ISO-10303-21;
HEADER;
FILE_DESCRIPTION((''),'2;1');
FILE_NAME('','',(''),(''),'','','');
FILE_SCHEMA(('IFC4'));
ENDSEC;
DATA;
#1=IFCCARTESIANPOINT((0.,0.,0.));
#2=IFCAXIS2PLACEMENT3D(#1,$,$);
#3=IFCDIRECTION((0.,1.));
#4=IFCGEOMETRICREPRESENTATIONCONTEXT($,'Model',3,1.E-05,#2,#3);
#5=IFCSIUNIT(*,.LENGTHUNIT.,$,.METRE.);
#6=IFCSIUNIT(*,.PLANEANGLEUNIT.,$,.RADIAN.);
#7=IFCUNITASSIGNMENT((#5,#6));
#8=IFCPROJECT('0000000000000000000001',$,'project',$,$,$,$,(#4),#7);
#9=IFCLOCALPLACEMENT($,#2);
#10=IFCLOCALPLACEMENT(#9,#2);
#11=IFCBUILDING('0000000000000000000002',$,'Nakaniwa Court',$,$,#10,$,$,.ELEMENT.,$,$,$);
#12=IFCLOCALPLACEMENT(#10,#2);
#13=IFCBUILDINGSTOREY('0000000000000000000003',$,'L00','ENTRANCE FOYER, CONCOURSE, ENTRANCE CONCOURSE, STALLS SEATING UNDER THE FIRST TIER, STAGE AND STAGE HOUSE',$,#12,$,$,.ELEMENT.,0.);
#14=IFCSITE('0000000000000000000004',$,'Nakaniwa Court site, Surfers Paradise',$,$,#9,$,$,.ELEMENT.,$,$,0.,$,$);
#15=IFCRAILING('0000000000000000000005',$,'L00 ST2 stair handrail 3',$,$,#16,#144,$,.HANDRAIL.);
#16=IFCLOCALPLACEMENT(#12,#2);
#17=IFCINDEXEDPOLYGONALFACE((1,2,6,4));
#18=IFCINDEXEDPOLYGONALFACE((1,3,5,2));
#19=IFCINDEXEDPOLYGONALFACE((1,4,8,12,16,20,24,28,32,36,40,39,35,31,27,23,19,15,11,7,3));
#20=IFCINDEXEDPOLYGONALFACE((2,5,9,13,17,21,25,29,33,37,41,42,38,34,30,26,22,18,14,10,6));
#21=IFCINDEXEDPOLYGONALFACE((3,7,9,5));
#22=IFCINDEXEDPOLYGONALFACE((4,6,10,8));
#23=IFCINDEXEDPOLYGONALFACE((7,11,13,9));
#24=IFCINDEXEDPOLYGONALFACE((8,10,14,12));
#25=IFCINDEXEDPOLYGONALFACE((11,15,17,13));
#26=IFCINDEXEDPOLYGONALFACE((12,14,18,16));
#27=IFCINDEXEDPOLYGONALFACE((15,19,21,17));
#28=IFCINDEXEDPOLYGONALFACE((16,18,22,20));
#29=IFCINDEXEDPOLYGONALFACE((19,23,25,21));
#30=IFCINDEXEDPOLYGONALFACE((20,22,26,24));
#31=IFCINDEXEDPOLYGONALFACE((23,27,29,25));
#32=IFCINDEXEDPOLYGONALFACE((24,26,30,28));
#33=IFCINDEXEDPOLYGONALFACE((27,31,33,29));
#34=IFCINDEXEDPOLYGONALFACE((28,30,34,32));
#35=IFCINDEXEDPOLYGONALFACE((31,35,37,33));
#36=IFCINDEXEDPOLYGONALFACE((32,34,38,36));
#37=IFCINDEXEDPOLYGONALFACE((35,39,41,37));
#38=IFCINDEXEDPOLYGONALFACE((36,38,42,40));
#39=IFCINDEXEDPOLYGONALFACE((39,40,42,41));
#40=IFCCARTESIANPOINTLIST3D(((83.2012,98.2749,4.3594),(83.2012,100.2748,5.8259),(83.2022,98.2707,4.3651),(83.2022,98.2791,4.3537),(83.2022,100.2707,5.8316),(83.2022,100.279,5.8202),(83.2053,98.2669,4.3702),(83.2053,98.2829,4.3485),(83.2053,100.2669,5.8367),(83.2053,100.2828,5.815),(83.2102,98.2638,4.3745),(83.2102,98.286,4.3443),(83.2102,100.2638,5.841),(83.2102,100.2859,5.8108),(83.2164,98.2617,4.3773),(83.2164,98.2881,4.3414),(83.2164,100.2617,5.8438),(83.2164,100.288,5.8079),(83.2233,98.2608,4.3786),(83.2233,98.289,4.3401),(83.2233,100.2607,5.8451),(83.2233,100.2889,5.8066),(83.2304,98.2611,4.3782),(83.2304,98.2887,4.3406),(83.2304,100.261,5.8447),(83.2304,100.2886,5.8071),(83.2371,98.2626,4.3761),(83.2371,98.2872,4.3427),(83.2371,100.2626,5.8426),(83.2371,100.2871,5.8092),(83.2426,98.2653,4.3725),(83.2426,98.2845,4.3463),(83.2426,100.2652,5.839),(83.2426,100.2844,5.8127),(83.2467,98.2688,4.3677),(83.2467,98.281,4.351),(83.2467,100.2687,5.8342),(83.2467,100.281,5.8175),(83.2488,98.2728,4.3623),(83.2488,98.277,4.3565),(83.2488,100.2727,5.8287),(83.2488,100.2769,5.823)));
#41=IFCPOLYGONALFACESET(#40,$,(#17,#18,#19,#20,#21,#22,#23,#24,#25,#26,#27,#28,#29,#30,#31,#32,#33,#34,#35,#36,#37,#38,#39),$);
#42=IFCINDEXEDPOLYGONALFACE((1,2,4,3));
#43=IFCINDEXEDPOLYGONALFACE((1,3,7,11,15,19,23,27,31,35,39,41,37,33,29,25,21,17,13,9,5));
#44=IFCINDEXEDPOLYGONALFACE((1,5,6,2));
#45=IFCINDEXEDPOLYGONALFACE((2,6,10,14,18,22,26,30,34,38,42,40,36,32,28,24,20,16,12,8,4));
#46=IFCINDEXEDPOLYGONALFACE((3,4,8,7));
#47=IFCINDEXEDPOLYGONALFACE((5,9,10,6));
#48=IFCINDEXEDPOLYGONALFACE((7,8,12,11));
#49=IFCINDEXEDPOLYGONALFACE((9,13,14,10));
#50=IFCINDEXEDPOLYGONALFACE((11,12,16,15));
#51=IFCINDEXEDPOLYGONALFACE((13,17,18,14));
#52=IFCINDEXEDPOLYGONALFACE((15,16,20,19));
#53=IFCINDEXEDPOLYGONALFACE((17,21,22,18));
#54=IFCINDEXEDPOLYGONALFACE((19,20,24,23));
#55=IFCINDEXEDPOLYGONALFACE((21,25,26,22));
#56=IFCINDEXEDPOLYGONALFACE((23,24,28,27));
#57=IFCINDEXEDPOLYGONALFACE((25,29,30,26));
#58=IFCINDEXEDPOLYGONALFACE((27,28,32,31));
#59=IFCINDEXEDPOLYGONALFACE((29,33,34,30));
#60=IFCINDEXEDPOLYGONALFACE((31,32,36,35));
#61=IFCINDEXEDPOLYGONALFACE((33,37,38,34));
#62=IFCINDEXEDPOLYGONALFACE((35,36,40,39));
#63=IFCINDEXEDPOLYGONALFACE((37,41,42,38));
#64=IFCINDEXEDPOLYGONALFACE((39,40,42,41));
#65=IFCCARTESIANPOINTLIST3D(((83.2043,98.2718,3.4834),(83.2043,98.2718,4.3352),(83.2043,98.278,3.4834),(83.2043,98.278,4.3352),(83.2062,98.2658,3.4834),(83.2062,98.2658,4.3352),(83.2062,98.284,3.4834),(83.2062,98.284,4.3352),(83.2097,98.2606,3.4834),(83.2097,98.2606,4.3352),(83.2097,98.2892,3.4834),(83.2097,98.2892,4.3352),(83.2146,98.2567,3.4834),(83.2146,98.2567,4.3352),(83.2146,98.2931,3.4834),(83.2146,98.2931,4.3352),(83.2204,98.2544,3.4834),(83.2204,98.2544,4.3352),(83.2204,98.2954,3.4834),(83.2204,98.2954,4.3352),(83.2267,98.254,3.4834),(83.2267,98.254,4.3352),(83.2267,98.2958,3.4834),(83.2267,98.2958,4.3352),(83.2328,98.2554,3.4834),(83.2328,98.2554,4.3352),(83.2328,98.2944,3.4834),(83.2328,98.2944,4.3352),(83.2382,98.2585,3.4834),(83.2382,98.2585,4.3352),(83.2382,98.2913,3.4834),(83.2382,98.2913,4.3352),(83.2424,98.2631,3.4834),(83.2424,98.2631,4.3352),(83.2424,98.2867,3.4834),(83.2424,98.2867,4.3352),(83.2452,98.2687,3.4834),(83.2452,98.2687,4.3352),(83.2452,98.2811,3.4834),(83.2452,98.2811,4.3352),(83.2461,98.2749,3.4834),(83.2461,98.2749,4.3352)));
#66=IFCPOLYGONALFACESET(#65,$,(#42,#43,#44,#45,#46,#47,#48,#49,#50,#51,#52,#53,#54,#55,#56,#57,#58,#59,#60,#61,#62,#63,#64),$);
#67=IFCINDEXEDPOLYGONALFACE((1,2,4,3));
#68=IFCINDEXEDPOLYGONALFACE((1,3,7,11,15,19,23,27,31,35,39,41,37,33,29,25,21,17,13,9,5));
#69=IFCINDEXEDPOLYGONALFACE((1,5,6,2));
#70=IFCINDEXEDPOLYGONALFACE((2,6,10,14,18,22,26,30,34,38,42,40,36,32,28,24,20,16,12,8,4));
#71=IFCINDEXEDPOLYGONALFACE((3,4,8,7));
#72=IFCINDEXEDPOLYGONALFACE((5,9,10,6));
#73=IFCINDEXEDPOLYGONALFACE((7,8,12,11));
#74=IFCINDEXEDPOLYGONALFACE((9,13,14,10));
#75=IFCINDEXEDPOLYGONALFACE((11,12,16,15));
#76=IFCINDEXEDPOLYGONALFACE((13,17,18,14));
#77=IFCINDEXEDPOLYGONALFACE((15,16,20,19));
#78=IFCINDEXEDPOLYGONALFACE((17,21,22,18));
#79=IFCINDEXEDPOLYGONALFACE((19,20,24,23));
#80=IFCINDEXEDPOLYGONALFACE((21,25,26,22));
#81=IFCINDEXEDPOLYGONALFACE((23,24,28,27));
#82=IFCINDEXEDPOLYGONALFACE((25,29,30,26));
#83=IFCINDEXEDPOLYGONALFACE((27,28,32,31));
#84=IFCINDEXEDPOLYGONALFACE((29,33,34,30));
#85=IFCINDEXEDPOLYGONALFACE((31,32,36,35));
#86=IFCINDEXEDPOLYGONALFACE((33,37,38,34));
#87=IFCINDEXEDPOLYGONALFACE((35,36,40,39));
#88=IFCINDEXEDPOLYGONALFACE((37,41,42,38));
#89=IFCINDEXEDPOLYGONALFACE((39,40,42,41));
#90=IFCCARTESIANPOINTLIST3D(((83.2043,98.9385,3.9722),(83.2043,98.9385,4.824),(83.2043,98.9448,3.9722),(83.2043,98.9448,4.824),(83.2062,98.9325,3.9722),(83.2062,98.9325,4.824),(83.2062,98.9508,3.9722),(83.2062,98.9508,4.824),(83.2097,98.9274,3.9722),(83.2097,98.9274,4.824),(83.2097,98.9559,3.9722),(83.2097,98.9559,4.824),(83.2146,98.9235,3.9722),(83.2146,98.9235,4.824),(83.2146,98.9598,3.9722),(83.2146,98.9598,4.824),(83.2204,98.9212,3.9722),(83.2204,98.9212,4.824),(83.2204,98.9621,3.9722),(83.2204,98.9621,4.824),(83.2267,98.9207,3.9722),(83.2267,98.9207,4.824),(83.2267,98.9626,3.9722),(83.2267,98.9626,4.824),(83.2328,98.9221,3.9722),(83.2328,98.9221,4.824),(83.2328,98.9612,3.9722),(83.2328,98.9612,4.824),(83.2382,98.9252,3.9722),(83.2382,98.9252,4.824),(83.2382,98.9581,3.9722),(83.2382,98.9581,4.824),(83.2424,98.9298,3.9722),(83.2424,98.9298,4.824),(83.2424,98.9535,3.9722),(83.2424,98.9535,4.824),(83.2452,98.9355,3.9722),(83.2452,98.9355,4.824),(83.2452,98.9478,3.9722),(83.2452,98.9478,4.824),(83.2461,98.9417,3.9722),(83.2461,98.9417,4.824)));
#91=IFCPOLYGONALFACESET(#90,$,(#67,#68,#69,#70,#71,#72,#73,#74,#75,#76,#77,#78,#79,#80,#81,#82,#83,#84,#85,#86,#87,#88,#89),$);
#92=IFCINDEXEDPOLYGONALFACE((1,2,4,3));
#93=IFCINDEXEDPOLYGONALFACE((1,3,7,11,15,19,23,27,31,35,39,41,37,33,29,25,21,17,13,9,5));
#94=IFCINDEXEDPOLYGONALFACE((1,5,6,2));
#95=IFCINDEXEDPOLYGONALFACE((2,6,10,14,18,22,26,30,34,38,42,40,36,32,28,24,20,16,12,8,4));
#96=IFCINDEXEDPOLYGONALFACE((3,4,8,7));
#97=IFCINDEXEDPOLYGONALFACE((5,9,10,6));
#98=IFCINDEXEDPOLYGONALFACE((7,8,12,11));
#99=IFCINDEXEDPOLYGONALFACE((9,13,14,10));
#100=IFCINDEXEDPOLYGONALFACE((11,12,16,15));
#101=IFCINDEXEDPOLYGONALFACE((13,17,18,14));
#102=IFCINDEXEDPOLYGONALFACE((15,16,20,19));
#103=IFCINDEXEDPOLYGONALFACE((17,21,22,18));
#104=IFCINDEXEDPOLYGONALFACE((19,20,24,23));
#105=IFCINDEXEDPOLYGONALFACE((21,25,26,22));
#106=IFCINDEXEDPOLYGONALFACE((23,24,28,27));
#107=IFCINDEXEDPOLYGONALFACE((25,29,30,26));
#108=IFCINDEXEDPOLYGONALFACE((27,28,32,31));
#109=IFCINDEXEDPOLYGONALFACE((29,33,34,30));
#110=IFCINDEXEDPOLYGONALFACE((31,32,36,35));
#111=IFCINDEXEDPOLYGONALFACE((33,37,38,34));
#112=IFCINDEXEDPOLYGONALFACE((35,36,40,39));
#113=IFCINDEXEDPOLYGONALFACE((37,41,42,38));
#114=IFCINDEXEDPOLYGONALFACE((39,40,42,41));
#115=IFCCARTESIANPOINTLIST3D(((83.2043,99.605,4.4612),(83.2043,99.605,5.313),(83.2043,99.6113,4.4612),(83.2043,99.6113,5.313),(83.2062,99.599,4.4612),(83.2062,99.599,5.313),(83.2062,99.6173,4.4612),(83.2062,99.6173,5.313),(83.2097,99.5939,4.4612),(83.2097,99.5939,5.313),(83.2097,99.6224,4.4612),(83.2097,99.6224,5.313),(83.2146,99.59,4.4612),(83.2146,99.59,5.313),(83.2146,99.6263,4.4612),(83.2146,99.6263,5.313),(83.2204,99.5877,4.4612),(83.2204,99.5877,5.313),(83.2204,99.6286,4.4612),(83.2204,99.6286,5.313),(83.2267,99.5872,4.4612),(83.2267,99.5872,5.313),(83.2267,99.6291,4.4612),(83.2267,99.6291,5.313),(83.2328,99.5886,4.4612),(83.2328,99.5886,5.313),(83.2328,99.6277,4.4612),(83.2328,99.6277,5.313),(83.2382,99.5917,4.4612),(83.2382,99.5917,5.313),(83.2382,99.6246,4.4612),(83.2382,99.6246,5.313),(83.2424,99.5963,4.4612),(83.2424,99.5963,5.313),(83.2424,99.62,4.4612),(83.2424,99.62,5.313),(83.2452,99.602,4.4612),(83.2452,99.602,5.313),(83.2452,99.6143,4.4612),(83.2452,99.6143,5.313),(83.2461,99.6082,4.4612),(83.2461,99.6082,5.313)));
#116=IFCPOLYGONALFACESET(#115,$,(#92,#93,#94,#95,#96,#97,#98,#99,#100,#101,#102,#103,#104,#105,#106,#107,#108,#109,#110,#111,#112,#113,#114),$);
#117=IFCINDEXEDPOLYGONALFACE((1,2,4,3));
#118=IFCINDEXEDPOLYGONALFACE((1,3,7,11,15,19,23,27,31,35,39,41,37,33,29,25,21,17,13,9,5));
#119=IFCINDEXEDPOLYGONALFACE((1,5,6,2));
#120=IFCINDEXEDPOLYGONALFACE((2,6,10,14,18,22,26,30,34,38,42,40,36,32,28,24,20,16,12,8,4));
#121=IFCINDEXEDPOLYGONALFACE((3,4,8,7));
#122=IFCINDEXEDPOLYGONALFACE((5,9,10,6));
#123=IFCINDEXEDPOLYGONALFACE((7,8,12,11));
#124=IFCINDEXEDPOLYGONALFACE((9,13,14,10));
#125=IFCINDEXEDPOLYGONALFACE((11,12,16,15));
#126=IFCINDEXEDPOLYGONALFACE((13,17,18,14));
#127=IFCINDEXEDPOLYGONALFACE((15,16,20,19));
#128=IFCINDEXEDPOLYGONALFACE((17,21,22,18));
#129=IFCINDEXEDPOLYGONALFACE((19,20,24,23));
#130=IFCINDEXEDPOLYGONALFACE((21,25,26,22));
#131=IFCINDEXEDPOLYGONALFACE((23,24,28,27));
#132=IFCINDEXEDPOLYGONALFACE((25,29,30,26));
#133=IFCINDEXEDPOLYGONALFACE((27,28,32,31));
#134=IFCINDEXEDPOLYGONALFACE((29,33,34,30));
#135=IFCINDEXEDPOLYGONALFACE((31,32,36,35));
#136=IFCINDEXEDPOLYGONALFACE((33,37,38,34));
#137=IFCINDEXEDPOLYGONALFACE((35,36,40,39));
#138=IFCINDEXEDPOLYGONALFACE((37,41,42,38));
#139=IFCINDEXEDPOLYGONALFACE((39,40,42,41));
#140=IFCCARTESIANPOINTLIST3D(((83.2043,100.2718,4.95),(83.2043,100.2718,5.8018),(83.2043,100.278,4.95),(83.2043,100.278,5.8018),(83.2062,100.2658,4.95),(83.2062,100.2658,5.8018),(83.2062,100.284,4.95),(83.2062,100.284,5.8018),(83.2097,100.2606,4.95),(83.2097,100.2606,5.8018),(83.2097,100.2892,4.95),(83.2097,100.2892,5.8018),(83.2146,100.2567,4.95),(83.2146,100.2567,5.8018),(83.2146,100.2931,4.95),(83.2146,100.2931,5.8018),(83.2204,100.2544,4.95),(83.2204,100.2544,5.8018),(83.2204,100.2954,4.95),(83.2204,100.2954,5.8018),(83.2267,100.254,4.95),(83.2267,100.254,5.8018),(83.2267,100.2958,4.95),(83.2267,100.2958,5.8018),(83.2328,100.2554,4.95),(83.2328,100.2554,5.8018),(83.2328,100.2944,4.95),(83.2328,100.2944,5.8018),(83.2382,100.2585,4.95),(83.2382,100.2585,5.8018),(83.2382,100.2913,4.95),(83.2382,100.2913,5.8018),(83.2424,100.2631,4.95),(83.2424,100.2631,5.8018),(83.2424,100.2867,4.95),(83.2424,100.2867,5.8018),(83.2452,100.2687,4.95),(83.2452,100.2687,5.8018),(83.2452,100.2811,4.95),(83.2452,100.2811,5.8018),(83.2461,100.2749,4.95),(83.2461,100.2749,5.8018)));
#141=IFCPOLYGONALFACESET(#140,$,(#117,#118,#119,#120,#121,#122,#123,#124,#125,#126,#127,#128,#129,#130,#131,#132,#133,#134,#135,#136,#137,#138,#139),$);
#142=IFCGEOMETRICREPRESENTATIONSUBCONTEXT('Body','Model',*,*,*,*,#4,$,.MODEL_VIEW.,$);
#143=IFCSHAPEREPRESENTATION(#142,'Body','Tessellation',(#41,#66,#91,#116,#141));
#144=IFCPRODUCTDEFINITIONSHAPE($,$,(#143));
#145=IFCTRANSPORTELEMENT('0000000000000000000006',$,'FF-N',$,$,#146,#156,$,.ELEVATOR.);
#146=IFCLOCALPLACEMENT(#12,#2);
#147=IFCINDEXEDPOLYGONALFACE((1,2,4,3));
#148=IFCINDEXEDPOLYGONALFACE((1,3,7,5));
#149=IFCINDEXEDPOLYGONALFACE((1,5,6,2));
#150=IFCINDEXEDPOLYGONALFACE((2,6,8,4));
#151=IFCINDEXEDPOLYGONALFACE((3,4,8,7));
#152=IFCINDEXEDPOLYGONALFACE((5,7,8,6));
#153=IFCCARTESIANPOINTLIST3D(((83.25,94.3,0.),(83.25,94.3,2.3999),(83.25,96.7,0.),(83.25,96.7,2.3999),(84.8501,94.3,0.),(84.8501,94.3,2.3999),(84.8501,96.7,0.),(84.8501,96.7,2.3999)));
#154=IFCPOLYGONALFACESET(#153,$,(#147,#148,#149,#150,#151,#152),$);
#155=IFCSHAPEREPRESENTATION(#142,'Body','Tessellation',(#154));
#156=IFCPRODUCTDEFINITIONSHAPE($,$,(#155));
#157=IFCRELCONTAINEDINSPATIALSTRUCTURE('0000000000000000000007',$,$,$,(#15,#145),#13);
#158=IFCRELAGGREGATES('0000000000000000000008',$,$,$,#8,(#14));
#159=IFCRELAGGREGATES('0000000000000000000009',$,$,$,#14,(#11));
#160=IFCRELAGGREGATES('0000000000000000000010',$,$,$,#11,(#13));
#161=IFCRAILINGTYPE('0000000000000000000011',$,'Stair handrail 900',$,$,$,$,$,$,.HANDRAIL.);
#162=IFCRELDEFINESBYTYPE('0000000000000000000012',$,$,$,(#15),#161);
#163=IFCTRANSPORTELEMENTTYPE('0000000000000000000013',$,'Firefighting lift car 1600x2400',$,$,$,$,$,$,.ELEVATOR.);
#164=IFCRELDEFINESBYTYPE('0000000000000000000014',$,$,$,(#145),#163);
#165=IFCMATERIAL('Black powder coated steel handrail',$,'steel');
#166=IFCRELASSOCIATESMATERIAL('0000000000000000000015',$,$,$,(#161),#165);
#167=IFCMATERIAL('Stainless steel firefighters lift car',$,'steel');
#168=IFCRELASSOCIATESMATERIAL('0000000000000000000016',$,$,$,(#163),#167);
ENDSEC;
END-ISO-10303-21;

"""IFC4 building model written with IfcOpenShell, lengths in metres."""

from ifc_helpers import new_model, si_unit, direction, frame, origin, origin_2d, place, context, subcontext, project, spatial, rectangle, circle, extrude, material, type_object, element, save


model = new_model("IFC4")

# Units and contexts
model_context = context("Model", 3, precision=1e-05, world=origin(), true_north=direction((0.0, 1.0)))
body_context = subcontext(model_context, "Body", "Model", "MODEL_VIEW")
ifc_project = project(units=[si_unit("LENGTHUNIT", "METRE"), si_unit("PLANEANGLEUNIT", "RADIAN")], contexts=[model_context])

# Site, building, storey
site_placement = place(None, origin())
site = spatial("IfcSite", under=ifc_project, at=site_placement, Name="Nakaniwa Court site, Surfers Paradise", CompositionType="ELEMENT", RefElevation=0.0)
building_placement = place(site_placement, origin())
building = spatial("IfcBuilding", under=site, at=building_placement, Name="Nakaniwa Court", CompositionType="ELEMENT")
storey_placement = place(building_placement, origin())
storey = spatial("IfcBuildingStorey", under=building, at=storey_placement, Name="L00", Description="ENTRANCE FOYER, CONCOURSE, ENTRANCE CONCOURSE, STALLS SEATING UNDER THE FIRST TIER, STAGE AND STAGE HOUSE", CompositionType="ELEMENT", Elevation=0.0)

# Railing
ifc_material_1 = material(Name="Black powder coated steel handrail", Category="steel")
railing_type_1 = type_object("IfcRailingType", Name="Stair handrail 900", PredefinedType="HANDRAIL", material=ifc_material_1)
for number, where, name in (
    (1, (83.2251, 98.2749, 3.4834), "L00 ST2 stair handrail 3"),
):
    element("IfcRailing", number, at=place(storey_placement, frame(where)), inside=storey, type_object=railing_type_1, Name=name, PredefinedType="HANDRAIL", context=body_context, shape_type="SweptSolid", body=[
        extrude(circle(Radius=0.0239, at=origin_2d()), frame((0.0, 0.0, 0.876), z_axis=(0.0, 0.806427, 0.591334), x_axis=(-1.0, 0.0, 0.0)), (0.0, 0.0, 1.0), 2.48),
        extrude(circle(Radius=0.021, at=origin_2d()), origin(), (0.0, 0.0, 1.0), 0.8518),
        extrude(circle(Radius=0.021, at=origin_2d()), frame((0.0, 0.6667, 0.4888)), (0.0, 0.0, 1.0), 0.8518),
        extrude(circle(Radius=0.021, at=origin_2d()), frame((0.0, 1.3333, 0.9778)), (0.0, 0.0, 1.0), 0.8518),
        extrude(circle(Radius=0.021, at=origin_2d()), frame((0.0, 2.0, 1.4666)), (0.0, 0.0, 1.0), 0.8518),
    ])

# Transport element
ifc_material_2 = material(Name="Stainless steel firefighters lift car", Category="steel")
transport_element_type = type_object("IfcTransportElementType", Name="Firefighting lift car 1600x2400", PredefinedType="ELEVATOR", material=ifc_material_2)
transport_element_placement = place(storey_placement, frame((84.05, 95.5, 0.0), z_axis=(0.0, 0.0, 1.0), x_axis=(1.0, 0.0, 0.0)))
element("IfcTransportElement", 2, at=transport_element_placement, inside=storey, type_object=transport_element_type, Name="FF-N", PredefinedType="ELEVATOR", context=body_context, shape_type="SweptSolid", body=[
    extrude(rectangle(XDim=1.6001, YDim=2.3999, at=origin_2d()), origin(), (0.0, 0.0, 1.0), 2.3999),
])

save(model, "model.ifc")
